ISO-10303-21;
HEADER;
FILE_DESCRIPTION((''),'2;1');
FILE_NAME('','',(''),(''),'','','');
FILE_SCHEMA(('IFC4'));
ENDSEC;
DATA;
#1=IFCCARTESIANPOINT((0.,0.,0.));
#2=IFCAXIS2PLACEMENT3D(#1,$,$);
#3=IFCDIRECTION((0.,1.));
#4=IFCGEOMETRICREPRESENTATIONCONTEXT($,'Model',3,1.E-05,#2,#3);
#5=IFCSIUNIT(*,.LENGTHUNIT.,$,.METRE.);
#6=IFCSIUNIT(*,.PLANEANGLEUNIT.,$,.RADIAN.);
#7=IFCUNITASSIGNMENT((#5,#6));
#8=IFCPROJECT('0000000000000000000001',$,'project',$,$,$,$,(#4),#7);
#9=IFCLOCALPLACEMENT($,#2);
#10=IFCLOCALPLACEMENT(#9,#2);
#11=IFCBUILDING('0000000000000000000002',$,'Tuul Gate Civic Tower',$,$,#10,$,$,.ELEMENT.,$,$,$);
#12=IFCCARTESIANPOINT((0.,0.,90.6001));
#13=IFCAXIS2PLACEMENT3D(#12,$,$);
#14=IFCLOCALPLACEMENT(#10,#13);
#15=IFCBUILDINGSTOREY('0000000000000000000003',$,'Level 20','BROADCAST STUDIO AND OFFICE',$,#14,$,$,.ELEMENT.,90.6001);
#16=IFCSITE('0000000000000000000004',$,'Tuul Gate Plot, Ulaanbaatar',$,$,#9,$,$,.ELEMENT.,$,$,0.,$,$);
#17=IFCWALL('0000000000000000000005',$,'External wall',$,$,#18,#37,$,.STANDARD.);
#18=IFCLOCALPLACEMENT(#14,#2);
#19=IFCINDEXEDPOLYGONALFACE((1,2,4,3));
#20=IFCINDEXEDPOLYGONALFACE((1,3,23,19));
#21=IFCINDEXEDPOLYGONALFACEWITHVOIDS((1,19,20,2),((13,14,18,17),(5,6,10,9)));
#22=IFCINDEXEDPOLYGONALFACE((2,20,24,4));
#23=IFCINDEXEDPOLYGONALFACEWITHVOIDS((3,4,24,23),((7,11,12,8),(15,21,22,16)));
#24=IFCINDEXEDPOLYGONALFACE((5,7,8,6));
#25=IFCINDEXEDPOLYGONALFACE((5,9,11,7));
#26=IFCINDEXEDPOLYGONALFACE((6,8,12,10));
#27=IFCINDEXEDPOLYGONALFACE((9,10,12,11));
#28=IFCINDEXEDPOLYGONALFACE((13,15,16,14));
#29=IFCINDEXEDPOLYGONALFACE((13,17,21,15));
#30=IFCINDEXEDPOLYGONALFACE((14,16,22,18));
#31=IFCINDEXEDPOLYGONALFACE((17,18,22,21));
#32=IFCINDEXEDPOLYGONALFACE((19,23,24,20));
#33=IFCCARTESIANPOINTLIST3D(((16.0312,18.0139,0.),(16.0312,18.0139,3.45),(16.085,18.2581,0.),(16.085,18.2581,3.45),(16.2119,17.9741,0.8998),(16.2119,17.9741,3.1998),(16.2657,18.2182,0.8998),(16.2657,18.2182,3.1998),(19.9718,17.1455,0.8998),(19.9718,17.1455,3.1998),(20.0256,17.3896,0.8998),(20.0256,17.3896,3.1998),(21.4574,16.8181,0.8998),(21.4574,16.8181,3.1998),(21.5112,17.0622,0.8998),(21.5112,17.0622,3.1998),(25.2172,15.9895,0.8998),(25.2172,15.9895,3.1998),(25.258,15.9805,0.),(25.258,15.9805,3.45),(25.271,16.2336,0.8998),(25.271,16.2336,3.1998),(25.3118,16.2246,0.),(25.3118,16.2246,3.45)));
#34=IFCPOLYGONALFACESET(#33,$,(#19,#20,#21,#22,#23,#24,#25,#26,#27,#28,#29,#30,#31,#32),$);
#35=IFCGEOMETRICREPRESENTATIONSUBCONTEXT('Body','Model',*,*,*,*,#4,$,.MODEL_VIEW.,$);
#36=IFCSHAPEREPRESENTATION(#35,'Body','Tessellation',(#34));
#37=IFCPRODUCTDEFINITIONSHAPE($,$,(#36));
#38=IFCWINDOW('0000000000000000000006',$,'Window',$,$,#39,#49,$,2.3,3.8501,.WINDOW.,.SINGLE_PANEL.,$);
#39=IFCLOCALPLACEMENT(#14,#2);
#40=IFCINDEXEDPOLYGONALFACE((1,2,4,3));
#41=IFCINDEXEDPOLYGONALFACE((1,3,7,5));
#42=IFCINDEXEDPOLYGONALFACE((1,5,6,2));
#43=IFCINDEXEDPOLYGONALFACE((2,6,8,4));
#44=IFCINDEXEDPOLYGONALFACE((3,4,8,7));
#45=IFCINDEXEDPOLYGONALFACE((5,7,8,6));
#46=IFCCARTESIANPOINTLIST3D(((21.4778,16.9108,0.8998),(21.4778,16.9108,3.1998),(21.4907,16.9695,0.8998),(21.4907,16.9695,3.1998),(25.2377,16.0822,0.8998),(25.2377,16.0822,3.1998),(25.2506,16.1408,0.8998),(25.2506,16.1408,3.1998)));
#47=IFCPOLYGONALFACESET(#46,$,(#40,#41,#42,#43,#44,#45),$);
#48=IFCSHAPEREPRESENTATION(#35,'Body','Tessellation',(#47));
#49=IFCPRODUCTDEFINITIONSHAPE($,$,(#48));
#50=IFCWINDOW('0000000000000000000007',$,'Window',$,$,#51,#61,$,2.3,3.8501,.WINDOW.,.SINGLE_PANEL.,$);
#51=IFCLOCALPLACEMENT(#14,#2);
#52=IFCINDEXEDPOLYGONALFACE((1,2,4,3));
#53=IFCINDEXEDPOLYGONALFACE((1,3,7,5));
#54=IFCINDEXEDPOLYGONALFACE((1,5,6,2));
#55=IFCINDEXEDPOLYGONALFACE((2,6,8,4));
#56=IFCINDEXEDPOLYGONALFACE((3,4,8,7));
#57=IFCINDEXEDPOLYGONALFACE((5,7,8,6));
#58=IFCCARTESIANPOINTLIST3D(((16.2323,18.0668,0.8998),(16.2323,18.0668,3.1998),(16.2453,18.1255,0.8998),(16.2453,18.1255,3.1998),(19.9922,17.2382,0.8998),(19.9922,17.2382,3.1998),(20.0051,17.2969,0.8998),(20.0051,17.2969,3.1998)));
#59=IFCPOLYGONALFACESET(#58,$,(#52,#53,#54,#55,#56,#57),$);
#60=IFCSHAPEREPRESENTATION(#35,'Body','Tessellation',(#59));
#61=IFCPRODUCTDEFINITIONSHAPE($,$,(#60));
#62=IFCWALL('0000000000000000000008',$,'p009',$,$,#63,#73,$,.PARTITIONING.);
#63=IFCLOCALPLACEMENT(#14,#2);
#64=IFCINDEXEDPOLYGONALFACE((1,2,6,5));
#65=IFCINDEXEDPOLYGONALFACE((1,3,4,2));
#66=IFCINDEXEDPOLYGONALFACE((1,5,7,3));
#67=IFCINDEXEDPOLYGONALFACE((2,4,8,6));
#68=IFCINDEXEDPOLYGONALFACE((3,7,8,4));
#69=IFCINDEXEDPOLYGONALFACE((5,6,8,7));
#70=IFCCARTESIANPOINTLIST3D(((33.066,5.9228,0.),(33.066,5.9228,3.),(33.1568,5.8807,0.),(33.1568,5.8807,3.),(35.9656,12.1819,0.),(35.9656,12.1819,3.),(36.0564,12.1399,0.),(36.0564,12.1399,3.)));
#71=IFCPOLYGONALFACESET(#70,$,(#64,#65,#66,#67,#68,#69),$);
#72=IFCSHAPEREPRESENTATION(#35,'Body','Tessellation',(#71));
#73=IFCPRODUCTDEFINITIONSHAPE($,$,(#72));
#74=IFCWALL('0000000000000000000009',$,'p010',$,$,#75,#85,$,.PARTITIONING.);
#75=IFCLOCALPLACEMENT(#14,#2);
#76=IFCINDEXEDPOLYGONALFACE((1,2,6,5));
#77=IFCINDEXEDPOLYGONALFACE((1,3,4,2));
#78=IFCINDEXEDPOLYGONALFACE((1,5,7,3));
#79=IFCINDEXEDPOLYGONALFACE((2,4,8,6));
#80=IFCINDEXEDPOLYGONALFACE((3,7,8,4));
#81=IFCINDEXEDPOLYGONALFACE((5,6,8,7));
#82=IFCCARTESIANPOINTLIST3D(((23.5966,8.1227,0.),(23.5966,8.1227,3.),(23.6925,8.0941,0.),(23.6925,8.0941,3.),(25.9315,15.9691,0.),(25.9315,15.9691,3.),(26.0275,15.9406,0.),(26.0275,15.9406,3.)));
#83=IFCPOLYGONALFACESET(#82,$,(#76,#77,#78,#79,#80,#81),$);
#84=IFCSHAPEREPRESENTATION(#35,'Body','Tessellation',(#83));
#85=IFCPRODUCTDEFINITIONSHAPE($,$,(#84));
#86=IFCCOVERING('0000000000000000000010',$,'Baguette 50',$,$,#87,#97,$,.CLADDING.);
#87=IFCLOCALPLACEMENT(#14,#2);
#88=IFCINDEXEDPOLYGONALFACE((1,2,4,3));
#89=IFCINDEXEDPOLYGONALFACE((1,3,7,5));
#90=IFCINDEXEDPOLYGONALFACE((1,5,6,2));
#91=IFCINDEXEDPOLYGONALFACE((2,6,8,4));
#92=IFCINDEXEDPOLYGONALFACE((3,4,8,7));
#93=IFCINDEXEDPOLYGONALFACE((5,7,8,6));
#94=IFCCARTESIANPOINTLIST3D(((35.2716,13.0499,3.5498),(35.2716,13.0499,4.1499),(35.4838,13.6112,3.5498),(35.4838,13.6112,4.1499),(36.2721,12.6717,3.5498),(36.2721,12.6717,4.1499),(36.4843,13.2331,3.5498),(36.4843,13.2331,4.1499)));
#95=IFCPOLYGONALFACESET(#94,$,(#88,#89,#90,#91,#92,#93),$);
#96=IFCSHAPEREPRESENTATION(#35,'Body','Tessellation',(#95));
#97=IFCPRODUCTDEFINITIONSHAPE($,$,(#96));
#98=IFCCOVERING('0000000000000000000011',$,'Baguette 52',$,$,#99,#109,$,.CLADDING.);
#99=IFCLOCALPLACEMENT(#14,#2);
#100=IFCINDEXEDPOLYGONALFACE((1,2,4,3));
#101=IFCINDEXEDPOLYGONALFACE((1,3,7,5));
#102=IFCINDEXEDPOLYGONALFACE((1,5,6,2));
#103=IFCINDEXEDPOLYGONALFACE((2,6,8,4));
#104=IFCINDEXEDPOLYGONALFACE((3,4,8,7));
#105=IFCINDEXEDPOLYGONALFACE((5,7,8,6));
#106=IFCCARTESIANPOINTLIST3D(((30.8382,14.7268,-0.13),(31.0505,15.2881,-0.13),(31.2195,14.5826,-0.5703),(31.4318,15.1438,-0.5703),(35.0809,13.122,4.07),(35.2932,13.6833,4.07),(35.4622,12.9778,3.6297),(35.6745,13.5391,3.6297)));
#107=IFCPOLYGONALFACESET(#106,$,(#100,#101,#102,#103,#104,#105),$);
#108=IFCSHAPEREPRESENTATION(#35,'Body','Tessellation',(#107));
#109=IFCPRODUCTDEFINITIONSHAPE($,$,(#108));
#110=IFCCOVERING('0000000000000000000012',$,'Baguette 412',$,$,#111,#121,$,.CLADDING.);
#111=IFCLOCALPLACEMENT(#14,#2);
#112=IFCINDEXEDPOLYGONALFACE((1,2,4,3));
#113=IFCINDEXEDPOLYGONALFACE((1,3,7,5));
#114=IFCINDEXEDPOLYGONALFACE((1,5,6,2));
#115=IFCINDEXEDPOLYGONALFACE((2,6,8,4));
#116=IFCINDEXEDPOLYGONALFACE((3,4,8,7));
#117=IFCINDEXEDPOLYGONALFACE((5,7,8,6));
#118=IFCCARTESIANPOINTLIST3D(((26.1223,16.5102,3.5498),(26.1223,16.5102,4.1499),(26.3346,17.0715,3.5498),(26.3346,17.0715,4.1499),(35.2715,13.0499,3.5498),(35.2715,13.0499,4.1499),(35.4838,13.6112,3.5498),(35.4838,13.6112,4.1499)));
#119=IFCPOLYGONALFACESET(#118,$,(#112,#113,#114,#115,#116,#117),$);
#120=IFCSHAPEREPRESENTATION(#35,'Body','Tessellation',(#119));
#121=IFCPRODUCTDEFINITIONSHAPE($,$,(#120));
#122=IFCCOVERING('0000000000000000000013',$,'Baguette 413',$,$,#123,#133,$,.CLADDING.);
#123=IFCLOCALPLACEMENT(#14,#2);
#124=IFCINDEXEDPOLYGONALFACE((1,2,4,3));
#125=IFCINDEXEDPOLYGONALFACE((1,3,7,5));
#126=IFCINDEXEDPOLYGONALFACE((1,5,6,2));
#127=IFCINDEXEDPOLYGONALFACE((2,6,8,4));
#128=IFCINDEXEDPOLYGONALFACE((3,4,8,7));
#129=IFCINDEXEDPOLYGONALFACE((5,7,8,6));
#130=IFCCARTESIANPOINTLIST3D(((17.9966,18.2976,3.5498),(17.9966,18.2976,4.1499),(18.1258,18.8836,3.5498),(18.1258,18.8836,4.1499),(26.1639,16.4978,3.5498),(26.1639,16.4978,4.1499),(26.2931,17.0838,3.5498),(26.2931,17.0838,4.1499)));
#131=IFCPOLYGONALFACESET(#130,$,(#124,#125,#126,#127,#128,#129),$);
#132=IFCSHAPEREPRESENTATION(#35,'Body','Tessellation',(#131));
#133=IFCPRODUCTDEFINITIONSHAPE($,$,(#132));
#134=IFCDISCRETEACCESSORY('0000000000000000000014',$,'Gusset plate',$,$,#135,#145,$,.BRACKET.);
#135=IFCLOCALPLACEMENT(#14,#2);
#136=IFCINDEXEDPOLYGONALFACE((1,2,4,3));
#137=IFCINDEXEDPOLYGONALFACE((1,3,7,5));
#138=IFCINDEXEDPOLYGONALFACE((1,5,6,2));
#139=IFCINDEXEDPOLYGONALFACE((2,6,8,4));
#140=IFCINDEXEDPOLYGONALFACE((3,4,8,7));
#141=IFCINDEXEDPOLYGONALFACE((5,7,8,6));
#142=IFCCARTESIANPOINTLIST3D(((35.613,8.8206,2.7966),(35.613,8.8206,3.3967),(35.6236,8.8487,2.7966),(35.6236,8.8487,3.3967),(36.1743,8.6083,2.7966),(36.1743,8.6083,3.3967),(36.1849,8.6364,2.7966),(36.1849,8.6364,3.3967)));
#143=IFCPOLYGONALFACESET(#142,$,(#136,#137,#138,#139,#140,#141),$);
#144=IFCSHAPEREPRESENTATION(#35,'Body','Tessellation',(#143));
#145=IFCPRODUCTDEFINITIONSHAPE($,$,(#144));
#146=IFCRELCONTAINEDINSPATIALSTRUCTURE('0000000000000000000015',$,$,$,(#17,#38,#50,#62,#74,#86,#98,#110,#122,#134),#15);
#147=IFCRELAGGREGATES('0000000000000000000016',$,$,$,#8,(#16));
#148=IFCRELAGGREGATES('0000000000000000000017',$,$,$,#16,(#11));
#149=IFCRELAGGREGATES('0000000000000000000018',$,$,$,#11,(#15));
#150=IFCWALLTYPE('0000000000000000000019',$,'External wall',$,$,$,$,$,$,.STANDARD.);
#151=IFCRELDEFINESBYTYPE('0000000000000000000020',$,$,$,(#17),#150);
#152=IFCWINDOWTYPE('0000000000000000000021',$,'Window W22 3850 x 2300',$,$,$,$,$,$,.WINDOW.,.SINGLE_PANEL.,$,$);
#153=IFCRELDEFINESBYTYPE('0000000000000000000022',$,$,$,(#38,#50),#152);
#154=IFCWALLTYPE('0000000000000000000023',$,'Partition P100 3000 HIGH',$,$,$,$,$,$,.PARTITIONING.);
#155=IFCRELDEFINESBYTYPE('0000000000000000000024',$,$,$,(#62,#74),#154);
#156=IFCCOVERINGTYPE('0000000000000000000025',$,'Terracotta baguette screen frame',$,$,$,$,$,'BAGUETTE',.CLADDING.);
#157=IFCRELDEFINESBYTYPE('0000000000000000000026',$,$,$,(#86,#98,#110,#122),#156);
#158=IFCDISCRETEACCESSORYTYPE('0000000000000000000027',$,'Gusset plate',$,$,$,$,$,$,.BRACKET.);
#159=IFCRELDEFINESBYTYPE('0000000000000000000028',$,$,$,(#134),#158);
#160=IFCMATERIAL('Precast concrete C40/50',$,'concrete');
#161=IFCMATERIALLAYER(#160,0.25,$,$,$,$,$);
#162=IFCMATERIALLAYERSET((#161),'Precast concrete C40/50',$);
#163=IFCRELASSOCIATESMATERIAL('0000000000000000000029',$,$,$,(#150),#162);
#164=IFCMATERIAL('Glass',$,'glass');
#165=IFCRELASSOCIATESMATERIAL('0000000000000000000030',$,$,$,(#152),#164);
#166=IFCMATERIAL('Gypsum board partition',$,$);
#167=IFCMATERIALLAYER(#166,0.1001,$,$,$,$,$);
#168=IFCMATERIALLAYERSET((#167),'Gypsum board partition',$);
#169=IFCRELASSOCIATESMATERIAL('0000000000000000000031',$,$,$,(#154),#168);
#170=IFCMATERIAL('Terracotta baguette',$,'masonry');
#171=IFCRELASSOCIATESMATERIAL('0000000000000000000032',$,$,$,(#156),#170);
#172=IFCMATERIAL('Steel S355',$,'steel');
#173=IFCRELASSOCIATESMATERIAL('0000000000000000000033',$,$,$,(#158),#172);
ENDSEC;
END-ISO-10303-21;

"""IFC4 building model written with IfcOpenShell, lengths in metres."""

from ifc_helpers import new_model, si_unit, direction, frame, frame_2d, origin, origin_2d, place, context, subcontext, project, spatial, rectangle, extrude, material, layer, layer_set, material_profile, profile_set, type_object, element, fill, save


model = new_model("IFC4")

# Units and contexts
model_context = context("Model", 3, precision=1e-05, world=origin(), true_north=direction((0.0, 1.0)))
body_context = subcontext(model_context, "Body", "Model", "MODEL_VIEW")
ifc_project = project(units=[si_unit("LENGTHUNIT", "METRE"), si_unit("PLANEANGLEUNIT", "RADIAN")], contexts=[model_context])

# Site, building, storey
site_placement = place(None, origin())
site = spatial("IfcSite", under=ifc_project, at=site_placement, Name="Tuul Gate Plot, Ulaanbaatar", CompositionType="ELEMENT", RefElevation=0.0)
building_placement = place(site_placement, origin())
building = spatial("IfcBuilding", under=site, at=building_placement, Name="Tuul Gate Civic Tower", CompositionType="ELEMENT")
storey_placement = place(building_placement, frame((0.0, 0.0, 90.6001)))
storey = spatial("IfcBuildingStorey", under=building, at=storey_placement, Name="Level 20", Description="BROADCAST STUDIO AND OFFICE", CompositionType="ELEMENT", Elevation=90.6001)

# Wall, openings, windows
ifc_material_1 = material(Name="Precast concrete C40/50", Category="concrete")
ifc_layer_1 = layer(ifc_material_1, 0.25)
ifc_layer_set_1 = layer_set([ifc_layer_1], Name="Precast concrete C40/50")
wall_type_1 = type_object("IfcWallType", Name="External wall", PredefinedType="STANDARD", material=ifc_layer_set_1)
ifc_material_2 = material(Name="Glass", Category="glass")
window_type_1 = type_object("IfcWindowType", Name="Window W22 3850 x 2300", PartitioningType="SINGLE_PANEL", PredefinedType="WINDOW", material=ifc_material_2)
wall_1_placement = place(storey_placement, frame((25.2849, 16.1025, 0.0), z_axis=(0.0, 0.0, 1.0), x_axis=(-0.976566, 0.21522, 0.0)))
wall_1 = element("IfcWall", 1, at=wall_1_placement, inside=storey, type_object=wall_type_1, Name="External wall", PredefinedType="STANDARD", context=body_context, shape_type="SweptSolid", body=[
    extrude(rectangle(XDim=9.4482, YDim=0.25, at=frame_2d((4.7241, 0.0))), origin(), (0.0, 0.0, 1.0), 3.45),
])
opening_1_placement = place(wall_1_placement, frame((0.0417, 0.0, 0.8999)))
opening_1 = element("IfcOpeningElement", 2, at=opening_1_placement, cuts=wall_1, PredefinedType="OPENING", context=body_context, shape_type="SweptSolid", body=[
    extrude(rectangle(XDim=3.8501, YDim=2.3, at=frame_2d((1.925, 1.1499))), frame((0.0, 0.135, 0.0), z_axis=(0.0, -1.0, 0.0), x_axis=(1.0, 0.0, 0.0)), (0.0, 0.0, 1.0), 0.27),
])
opening_2_placement = place(wall_1_placement, frame((5.4131, 0.0, 0.8999)))
opening_2 = element("IfcOpeningElement", 3, at=opening_2_placement, cuts=wall_1, PredefinedType="OPENING", context=body_context, shape_type="SweptSolid", body=[
    extrude(rectangle(XDim=3.8501, YDim=2.3, at=frame_2d((1.925, 1.1499))), frame((0.0, 0.135, 0.0), z_axis=(0.0, -1.0, 0.0), x_axis=(1.0, 0.0, 0.0)), (0.0, 0.0, 1.0), 0.27),
])
window_1_placement = place(opening_1_placement, origin())
window_1 = element("IfcWindow", 4, at=window_1_placement, inside=storey, type_object=window_type_1, Name="Window", OverallHeight=2.3, OverallWidth=3.8501, PartitioningType="SINGLE_PANEL", PredefinedType="WINDOW", context=body_context, shape_type="SweptSolid", body=[
    extrude(rectangle(XDim=3.8501, YDim=2.3, at=frame_2d((1.925, 1.1499))), frame((0.0, 0.03, 0.0), z_axis=(0.0, -1.0, 0.0), x_axis=(1.0, 0.0, 0.0)), (0.0, 0.0, 1.0), 0.0601),
])
fill(opening_1, window_1)
window_2_placement = place(opening_2_placement, origin())
window_2 = element("IfcWindow", 5, at=window_2_placement, inside=storey, type_object=window_type_1, Name="Window", OverallHeight=2.3, OverallWidth=3.8501, PartitioningType="SINGLE_PANEL", PredefinedType="WINDOW", context=body_context, shape_type="SweptSolid", body=[
    extrude(rectangle(XDim=3.8501, YDim=2.3, at=frame_2d((1.925, 1.1499))), frame((0.0, 0.03, 0.0), z_axis=(0.0, -1.0, 0.0), x_axis=(1.0, 0.0, 0.0)), (0.0, 0.0, 1.0), 0.0601),
])
fill(opening_2, window_2)

# Walls
ifc_material_3 = material(Name="Gypsum board partition")
ifc_layer_2 = layer(ifc_material_3, 0.1001)
ifc_layer_set_2 = layer_set([ifc_layer_2], Name="Gypsum board partition")
wall_type_2 = type_object("IfcWallType", Name="Partition P100 3000 HIGH", PredefinedType="PARTITIONING", material=ifc_layer_set_2)
wall_2_placement = place(storey_placement, frame((33.1113, 5.9016, 0.0), z_axis=(0.0, 0.0, 1.0), x_axis=(0.420344, 0.907365, 0.0)))
element("IfcWall", 6, at=wall_2_placement, inside=storey, type_object=wall_type_2, Name="p009", PredefinedType="PARTITIONING", context=body_context, shape_type="SweptSolid", body=[
    extrude(rectangle(XDim=6.8982, YDim=0.1001, at=frame_2d((3.4492, 0.0))), origin(), (0.0, 0.0, 1.0), 3.0),
])
wall_3_placement = place(storey_placement, frame((23.6445, 8.1084, 0.0), z_axis=(0.0, 0.0, 1.0), x_axis=(0.285221, 0.958462, 0.0)))
element("IfcWall", 7, at=wall_3_placement, inside=storey, type_object=wall_type_2, Name="p010", PredefinedType="PARTITIONING", context=body_context, shape_type="SweptSolid", body=[
    extrude(rectangle(XDim=8.1865, YDim=0.1001, at=frame_2d((4.0933, 0.0))), origin(), (0.0, 0.0, 1.0), 3.0),
])

# Coverings
ifc_material_4 = material(Name="Terracotta baguette", Category="masonry")
ifc_material_profile_1 = material_profile(ifc_material_4, rectangle(XDim=0.6001, YDim=0.6001, at=origin_2d()), Name="Terracotta baguette screen frame")
ifc_profile_set_1 = profile_set([ifc_material_profile_1], Name="Terracotta baguette")
covering_type = type_object("IfcCoveringType", Name="Terracotta baguette screen frame", ElementType="BAGUETTE", PredefinedType="CLADDING", material=ifc_profile_set_1)
covering_1_placement = place(storey_placement, frame((36.3782, 12.9524, 3.8499), z_axis=(-0.935407, 0.353574, 0.0), x_axis=(-0.353574, -0.935407, 0.0)))
element("IfcCovering", 8, at=covering_1_placement, inside=storey, type_object=covering_type, Name="Baguette 50", PredefinedType="CLADDING", context=body_context, shape_type="SweptSolid", body=[
    extrude(rectangle(XDim=0.6001, YDim=0.6001, at=origin_2d()), origin(), (0.0, 0.0, 1.0), 1.0696),
])
covering_2_placement = place(storey_placement, frame((35.3777, 13.3306, 3.8499), z_axis=(-0.686313, 0.259589, -0.679402), x_axis=(-0.353776, -0.93533, 0.0)))
element("IfcCovering", 9, at=covering_2_placement, inside=storey, type_object=covering_type, Name="Baguette 52", PredefinedType="CLADDING", context=body_context, shape_type="SweptSolid", body=[
    extrude(rectangle(XDim=0.6001, YDim=0.6001, at=origin_2d()), origin(), (0.0, 0.0, 1.0), 6.1819),
])
covering_3_placement = place(storey_placement, frame((35.3777, 13.3306, 3.8499), z_axis=(-0.935342, 0.353745, 0.0), x_axis=(-0.353745, -0.935342, 0.0)))
element("IfcCovering", 10, at=covering_3_placement, inside=storey, type_object=covering_type, Name="Baguette 412", PredefinedType="CLADDING", context=body_context, shape_type="SweptSolid", body=[
    extrude(rectangle(XDim=0.6001, YDim=0.6001, at=origin_2d()), origin(), (0.0, 0.0, 1.0), 9.7817),
])
covering_4_placement = place(storey_placement, frame((26.2285, 16.7908, 3.8499), z_axis=(-0.976569, 0.215205, 0.0), x_axis=(-0.215205, -0.976569, 0.0)))
element("IfcCovering", 11, at=covering_4_placement, inside=storey, type_object=covering_type, Name="Baguette 413", PredefinedType="CLADDING", context=body_context, shape_type="SweptSolid", body=[
    extrude(rectangle(XDim=0.6001, YDim=0.6001, at=origin_2d()), origin(), (0.0, 0.0, 1.0), 8.3633),
])

# Discrete accessory
ifc_material_5 = material(Name="Steel S355", Category="steel")
discrete_accessory_type = type_object("IfcDiscreteAccessoryType", Name="Gusset plate", PredefinedType="BRACKET", material=ifc_material_5)
discrete_accessory_placement = place(storey_placement, frame((35.8989, 8.7285, 2.7966), z_axis=(0.0, 0.0, 1.0), x_axis=(0.935356, -0.353708, 0.0)))
element("IfcDiscreteAccessory", 12, at=discrete_accessory_placement, inside=storey, type_object=discrete_accessory_type, Name="Gusset plate", PredefinedType="BRACKET", context=body_context, shape_type="SweptSolid", body=[
    extrude(rectangle(XDim=0.6001, YDim=0.03, at=origin_2d()), origin(), (0.0, 0.0, 1.0), 0.6001),
])

save(model, "model.ifc")
